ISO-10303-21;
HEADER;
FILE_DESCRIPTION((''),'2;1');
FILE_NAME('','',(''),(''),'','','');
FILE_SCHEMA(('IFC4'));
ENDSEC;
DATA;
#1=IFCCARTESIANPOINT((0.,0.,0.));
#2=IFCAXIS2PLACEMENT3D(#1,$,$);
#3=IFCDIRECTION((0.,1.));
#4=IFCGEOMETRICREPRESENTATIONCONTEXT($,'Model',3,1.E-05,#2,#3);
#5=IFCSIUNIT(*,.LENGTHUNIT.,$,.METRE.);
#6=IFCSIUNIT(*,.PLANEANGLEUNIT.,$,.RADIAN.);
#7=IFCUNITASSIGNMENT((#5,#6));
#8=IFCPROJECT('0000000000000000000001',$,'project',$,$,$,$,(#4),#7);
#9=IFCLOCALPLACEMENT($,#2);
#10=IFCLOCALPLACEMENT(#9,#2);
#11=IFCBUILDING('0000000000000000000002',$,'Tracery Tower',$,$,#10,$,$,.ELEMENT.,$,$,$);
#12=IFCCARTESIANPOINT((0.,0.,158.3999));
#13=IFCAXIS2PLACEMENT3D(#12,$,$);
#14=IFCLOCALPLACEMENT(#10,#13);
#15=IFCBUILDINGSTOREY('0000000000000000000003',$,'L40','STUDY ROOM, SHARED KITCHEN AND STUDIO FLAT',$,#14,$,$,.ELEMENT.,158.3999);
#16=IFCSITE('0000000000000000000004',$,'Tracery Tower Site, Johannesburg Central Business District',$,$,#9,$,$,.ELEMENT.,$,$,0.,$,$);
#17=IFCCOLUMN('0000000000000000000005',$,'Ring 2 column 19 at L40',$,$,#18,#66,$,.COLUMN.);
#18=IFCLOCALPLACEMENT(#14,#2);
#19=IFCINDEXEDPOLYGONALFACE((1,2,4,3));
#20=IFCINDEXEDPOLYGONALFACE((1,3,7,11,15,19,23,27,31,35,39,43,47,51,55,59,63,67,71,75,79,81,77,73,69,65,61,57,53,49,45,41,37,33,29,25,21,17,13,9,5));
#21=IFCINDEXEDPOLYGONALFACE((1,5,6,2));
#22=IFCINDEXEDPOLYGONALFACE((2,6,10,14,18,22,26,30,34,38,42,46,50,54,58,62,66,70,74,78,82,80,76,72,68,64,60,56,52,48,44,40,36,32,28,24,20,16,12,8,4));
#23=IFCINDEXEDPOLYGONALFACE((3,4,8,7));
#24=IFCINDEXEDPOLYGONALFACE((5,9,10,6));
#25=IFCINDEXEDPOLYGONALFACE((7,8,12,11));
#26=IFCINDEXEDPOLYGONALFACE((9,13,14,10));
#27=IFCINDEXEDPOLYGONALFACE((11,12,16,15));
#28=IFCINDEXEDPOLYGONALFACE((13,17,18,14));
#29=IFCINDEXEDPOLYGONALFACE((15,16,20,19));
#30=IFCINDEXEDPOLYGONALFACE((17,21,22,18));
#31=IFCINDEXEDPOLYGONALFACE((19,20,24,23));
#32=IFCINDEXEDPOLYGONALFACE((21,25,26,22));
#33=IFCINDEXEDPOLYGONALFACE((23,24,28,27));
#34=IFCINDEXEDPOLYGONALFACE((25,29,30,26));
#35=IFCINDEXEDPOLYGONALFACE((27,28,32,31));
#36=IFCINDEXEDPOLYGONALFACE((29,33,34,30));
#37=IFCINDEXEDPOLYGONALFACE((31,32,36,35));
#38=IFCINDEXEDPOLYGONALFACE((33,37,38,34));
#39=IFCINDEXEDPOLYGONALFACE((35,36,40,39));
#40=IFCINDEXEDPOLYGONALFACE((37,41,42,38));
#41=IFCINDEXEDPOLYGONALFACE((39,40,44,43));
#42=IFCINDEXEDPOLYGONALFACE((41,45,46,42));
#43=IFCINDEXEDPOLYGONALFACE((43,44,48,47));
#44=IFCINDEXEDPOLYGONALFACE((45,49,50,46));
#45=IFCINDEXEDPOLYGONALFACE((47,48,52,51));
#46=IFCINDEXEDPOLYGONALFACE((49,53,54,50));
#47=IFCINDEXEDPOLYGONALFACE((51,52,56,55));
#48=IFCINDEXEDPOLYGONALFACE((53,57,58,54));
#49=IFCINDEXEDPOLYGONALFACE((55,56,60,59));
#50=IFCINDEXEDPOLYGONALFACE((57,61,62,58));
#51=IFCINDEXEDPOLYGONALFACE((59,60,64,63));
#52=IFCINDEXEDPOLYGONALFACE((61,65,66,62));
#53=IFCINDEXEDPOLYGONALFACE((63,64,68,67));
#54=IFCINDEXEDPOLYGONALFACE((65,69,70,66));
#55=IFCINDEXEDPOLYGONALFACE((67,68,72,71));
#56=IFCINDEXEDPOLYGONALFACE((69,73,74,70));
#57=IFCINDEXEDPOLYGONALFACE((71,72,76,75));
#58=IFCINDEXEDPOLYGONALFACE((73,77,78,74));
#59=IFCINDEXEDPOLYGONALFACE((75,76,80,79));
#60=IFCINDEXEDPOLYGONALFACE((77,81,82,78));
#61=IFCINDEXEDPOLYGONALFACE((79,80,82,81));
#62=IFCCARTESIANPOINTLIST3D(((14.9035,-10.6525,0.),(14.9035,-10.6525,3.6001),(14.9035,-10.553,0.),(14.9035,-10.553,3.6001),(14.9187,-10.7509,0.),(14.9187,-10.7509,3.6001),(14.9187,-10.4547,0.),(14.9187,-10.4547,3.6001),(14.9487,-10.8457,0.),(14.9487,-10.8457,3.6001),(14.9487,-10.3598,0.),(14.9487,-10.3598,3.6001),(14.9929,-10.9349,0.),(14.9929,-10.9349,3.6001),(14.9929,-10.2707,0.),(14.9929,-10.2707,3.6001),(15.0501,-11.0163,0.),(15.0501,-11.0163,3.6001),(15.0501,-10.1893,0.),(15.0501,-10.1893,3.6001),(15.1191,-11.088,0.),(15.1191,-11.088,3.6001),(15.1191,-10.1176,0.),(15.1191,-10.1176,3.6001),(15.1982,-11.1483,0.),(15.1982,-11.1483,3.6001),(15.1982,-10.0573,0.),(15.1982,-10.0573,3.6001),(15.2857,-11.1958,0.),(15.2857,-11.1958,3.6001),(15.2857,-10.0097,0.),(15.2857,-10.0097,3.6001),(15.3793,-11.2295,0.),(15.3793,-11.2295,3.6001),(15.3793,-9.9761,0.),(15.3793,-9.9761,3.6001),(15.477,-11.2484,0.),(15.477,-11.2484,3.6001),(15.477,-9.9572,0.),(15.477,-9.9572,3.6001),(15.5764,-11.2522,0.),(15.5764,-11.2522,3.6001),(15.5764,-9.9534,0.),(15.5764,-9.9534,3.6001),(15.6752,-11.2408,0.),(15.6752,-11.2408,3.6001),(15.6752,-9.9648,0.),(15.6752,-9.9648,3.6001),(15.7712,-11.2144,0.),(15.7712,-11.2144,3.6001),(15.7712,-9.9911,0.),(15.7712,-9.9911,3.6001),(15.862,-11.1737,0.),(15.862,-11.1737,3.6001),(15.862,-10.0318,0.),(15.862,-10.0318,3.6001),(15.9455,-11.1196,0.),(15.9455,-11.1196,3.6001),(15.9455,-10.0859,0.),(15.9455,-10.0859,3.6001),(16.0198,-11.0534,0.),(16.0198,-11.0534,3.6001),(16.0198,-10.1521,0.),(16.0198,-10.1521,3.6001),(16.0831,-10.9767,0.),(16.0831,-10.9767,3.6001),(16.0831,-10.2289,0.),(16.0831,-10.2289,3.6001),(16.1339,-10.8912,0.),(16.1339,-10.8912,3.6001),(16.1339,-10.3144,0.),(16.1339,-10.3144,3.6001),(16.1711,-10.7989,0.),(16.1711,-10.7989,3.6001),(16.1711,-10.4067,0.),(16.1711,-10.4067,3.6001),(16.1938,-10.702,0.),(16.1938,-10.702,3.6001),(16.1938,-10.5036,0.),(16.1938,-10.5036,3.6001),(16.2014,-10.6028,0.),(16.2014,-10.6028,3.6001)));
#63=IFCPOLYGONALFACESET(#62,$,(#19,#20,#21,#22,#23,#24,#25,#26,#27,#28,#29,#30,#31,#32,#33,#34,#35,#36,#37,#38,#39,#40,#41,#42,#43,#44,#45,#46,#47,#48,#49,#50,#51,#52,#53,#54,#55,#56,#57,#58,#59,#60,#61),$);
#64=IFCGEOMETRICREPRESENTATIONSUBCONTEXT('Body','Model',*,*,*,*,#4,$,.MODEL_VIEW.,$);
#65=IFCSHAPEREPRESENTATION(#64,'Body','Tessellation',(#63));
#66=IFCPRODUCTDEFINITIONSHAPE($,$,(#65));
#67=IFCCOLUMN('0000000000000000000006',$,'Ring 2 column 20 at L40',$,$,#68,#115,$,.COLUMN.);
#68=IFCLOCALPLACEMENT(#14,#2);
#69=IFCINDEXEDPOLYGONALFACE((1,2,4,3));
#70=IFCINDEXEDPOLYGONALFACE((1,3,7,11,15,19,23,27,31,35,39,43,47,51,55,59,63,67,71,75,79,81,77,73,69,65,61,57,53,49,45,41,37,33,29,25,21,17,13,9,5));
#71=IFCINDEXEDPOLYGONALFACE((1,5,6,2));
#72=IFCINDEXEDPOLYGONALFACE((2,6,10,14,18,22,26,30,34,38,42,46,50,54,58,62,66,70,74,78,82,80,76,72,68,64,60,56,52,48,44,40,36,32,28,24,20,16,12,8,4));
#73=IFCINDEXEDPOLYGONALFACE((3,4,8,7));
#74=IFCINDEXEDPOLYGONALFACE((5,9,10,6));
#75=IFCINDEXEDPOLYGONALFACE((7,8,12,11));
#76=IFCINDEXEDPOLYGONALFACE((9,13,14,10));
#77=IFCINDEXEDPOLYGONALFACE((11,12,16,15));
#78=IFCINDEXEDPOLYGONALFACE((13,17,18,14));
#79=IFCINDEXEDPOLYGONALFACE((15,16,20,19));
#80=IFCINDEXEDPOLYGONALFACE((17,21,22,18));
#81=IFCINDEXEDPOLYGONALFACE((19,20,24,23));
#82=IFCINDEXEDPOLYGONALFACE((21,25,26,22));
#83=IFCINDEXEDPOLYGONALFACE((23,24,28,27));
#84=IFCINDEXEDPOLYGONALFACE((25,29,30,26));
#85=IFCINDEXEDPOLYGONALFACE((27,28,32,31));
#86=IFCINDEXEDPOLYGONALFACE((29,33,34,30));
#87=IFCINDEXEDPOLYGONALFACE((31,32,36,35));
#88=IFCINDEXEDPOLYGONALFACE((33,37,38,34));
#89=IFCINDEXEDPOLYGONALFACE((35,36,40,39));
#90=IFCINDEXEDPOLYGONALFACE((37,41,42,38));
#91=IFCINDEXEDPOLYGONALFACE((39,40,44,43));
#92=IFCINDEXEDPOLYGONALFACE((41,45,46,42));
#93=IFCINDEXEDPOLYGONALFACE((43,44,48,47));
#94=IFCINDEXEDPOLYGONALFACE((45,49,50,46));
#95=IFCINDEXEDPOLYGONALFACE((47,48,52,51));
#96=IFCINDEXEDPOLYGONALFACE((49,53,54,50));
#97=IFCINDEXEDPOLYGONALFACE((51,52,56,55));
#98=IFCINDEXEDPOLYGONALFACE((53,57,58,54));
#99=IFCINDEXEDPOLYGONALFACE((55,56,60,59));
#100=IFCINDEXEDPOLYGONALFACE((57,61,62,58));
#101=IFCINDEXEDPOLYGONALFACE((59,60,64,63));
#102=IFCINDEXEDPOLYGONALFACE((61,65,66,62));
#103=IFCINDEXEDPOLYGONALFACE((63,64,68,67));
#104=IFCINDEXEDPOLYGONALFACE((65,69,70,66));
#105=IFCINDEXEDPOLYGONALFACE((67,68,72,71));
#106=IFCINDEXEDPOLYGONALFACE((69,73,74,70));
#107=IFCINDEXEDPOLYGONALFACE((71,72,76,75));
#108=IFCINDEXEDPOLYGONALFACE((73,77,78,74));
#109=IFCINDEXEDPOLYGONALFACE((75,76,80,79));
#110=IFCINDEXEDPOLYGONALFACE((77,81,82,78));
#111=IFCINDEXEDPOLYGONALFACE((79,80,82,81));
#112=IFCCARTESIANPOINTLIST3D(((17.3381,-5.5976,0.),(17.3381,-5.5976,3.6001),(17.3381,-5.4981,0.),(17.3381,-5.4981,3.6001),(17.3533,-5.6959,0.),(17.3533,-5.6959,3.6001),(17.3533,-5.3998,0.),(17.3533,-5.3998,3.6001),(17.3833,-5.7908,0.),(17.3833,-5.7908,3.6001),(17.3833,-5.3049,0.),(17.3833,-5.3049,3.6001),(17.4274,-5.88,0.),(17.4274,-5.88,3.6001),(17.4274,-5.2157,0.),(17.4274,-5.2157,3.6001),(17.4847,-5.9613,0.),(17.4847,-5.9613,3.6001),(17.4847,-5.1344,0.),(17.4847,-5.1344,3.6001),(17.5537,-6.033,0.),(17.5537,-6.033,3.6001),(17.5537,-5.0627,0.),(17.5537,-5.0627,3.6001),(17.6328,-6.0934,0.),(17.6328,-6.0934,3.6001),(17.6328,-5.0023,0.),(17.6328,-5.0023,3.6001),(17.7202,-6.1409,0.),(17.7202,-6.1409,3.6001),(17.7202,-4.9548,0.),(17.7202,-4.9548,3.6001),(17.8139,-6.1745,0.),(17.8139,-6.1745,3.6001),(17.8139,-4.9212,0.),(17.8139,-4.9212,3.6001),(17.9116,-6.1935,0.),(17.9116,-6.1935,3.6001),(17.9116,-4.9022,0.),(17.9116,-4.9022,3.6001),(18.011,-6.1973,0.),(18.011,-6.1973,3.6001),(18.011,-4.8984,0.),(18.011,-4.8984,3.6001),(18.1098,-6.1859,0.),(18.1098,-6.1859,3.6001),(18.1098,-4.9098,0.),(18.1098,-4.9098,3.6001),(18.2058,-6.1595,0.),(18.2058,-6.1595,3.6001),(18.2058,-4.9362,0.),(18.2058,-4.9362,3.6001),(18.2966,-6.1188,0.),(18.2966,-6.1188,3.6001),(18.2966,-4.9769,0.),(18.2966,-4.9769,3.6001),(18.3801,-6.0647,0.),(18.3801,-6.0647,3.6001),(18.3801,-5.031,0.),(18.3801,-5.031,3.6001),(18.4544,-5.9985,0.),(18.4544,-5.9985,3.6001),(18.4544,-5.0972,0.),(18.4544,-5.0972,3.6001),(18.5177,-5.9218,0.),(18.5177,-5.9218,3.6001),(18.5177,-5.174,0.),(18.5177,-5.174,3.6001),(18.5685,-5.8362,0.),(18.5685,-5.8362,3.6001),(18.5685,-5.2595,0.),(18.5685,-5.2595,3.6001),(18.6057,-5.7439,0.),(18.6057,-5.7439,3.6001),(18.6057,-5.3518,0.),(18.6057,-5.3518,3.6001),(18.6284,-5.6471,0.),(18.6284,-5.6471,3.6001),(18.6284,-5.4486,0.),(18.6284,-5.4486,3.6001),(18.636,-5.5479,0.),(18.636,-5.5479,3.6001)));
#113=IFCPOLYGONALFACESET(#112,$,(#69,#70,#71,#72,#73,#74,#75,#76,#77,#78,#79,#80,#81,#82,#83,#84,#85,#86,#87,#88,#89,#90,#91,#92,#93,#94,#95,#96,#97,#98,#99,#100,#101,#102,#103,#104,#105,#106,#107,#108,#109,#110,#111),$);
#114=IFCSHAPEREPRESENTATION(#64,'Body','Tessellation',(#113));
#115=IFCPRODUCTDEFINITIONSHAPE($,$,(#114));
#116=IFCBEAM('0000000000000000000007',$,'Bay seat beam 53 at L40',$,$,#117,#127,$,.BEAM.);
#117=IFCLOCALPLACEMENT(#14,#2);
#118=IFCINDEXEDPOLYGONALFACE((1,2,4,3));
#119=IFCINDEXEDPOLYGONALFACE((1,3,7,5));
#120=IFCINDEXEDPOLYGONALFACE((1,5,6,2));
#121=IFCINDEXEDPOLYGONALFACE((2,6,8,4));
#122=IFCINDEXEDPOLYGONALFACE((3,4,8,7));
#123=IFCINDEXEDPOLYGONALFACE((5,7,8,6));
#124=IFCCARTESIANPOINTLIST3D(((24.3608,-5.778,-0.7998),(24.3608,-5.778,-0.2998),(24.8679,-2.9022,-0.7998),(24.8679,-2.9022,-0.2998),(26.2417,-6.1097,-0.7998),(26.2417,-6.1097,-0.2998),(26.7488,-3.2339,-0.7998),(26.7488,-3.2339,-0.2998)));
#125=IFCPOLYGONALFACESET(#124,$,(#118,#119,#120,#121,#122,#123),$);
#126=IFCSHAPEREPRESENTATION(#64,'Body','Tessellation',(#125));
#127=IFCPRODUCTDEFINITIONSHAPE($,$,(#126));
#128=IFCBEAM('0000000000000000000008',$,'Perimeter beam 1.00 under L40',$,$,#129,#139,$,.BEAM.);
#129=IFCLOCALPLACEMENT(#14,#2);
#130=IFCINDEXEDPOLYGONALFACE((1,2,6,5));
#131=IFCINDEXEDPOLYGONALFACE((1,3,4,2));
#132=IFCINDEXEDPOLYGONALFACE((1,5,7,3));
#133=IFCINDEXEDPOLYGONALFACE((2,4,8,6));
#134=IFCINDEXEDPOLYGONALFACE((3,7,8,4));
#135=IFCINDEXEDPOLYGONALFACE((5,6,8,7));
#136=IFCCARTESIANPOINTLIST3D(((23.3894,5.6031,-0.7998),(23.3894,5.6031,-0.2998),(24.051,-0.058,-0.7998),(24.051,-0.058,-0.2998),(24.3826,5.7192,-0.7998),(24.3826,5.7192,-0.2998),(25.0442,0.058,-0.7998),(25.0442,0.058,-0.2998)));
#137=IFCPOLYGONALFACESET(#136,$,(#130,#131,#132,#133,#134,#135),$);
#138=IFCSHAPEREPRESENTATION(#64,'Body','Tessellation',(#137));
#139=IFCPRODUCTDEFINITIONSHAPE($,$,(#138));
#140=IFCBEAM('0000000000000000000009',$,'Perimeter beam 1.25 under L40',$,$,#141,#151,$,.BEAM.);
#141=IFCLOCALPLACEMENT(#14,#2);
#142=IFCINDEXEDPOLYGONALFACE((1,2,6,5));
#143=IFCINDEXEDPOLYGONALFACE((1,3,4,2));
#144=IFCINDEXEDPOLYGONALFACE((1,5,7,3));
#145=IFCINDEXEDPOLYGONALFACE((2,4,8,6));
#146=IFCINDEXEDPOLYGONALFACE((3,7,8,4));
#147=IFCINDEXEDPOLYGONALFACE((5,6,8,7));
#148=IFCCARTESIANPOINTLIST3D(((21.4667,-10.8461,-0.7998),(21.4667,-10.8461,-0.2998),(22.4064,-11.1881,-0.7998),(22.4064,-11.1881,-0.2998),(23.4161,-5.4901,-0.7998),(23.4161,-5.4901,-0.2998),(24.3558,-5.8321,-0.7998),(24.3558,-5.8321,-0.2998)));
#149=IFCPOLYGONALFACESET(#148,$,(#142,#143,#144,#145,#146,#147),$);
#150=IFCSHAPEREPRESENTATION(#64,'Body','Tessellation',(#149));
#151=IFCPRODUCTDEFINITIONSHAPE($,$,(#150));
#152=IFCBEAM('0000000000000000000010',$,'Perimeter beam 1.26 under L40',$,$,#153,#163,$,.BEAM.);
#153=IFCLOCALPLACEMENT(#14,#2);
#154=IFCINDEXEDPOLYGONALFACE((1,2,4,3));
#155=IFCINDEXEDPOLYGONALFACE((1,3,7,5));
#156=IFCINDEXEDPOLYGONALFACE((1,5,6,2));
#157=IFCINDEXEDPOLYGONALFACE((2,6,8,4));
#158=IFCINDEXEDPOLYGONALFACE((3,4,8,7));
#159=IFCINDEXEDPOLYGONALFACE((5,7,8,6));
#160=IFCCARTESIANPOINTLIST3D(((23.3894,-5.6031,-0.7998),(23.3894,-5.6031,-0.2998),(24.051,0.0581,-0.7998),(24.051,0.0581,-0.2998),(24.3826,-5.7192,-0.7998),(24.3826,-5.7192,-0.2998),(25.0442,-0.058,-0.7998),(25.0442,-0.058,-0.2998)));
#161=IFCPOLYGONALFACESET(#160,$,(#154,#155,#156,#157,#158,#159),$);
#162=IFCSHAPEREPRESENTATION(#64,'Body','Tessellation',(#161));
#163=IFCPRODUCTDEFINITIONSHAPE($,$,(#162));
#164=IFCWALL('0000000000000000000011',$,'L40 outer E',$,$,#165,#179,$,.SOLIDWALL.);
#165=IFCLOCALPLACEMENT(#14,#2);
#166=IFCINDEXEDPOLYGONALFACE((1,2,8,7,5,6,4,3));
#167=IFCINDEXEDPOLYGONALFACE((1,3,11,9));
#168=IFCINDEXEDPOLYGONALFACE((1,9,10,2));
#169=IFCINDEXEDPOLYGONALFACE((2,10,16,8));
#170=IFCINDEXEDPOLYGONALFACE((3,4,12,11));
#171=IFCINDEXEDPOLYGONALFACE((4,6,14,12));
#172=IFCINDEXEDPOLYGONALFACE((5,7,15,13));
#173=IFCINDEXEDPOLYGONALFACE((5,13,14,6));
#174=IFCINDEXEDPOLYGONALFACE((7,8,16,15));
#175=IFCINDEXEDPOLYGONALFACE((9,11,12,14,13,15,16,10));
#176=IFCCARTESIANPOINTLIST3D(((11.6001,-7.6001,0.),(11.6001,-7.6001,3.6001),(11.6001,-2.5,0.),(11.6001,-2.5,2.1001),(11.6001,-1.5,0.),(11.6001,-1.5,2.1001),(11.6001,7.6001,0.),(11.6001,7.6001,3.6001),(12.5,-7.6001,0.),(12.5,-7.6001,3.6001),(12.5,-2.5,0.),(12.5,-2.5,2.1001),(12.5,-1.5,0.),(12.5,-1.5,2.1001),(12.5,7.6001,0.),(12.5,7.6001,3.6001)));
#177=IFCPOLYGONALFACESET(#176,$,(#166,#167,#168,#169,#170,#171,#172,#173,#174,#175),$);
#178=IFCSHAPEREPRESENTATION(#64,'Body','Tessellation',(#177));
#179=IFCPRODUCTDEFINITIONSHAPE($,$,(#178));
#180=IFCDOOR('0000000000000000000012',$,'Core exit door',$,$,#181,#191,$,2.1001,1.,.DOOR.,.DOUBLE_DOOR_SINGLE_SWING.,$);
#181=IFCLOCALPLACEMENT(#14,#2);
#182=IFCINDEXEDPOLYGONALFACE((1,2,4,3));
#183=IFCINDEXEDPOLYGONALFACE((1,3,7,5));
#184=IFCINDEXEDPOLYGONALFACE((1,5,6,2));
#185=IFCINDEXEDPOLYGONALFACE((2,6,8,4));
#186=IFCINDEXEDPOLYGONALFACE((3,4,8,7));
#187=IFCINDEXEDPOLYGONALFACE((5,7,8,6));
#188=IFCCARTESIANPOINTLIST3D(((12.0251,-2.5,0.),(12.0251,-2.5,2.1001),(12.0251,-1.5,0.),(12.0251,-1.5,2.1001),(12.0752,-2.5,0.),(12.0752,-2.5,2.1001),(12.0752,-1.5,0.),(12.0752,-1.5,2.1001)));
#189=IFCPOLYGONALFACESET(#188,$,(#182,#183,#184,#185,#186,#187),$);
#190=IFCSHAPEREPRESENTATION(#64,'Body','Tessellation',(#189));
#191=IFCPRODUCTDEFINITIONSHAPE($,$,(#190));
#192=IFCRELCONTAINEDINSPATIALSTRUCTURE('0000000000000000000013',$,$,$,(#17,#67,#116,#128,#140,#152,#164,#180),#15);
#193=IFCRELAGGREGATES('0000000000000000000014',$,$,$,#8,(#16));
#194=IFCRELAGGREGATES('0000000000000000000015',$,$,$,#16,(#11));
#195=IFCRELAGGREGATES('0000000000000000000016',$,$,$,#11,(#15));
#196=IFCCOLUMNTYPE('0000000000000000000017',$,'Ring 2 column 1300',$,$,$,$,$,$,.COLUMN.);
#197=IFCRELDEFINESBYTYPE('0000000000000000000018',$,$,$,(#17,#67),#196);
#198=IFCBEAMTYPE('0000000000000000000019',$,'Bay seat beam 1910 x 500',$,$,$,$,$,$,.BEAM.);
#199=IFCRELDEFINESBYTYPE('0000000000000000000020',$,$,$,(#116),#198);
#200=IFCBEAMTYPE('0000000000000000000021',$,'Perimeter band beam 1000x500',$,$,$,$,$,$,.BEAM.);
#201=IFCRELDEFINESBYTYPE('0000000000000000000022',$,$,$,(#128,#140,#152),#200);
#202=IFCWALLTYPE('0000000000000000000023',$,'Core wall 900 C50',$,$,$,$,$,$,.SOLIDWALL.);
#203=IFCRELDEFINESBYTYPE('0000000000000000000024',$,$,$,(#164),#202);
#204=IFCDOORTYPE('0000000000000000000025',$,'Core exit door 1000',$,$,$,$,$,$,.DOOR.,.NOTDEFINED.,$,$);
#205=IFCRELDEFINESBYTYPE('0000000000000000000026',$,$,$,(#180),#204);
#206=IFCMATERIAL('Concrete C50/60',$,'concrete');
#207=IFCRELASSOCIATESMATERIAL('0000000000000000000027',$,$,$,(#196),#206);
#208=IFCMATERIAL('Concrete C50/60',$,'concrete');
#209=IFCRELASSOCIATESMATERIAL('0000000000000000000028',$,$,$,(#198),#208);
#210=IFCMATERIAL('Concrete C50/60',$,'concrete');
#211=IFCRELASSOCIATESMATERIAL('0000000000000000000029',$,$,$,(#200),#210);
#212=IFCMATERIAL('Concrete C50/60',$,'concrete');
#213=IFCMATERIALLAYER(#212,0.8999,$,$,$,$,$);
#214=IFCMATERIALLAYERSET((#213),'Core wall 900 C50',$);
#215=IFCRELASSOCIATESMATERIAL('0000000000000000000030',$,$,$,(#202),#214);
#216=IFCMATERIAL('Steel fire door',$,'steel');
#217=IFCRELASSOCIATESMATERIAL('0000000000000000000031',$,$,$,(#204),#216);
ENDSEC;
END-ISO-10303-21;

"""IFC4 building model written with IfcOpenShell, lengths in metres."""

from ifc_helpers import new_model, si_unit, direction, frame, frame_2d, origin, origin_2d, place, context, subcontext, project, spatial, rectangle, circle, extrude, material, layer, layer_set, material_profile, profile_set, type_object, element, fill, save


model = new_model("IFC4")

# Units and contexts
model_context = context("Model", 3, precision=1e-05, world=origin(), true_north=direction((0.0, 1.0)))
body_context = subcontext(model_context, "Body", "Model", "MODEL_VIEW")
ifc_project = project(units=[si_unit("LENGTHUNIT", "METRE"), si_unit("PLANEANGLEUNIT", "RADIAN")], contexts=[model_context])

# Site, building, storey
site_placement = place(None, origin())
site = spatial("IfcSite", under=ifc_project, at=site_placement, Name="Tracery Tower Site, Johannesburg Central Business District", CompositionType="ELEMENT", RefElevation=0.0)
building_placement = place(site_placement, origin())
building = spatial("IfcBuilding", under=site, at=building_placement, Name="Tracery Tower", CompositionType="ELEMENT")
storey_placement = place(building_placement, frame((0.0, 0.0, 158.3999)))
storey = spatial("IfcBuildingStorey", under=building, at=storey_placement, Name="L40", Description="STUDY ROOM, SHARED KITCHEN AND STUDIO FLAT", CompositionType="ELEMENT", Elevation=158.3999)

# Columns
ifc_material_1 = material(Name="Concrete C50/60", Category="concrete")
ifc_material_profile_1 = material_profile(ifc_material_1, circle(Radius=0.6499, at=origin_2d()), Name="RC D1300")
ifc_profile_set_1 = profile_set([ifc_material_profile_1], Name="Concrete C50/60")
column_type_1 = type_object("IfcColumnType", Name="Ring 2 column 1300", PredefinedType="COLUMN", material=ifc_profile_set_1)
for number, where, z_axis, x_axis, name in (
    (1, (15.5515, -10.6028, 0.0), (0.0, 0.0, 1.0), (1.0, 0.0, 0.0), "Ring 2 column 19 at L40"),
    (2, (17.9861, -5.5479, 0.0), (0.0, 0.0, 1.0), (1.0, 0.0, 0.0), "Ring 2 column 20 at L40"),
):
    element("IfcColumn", number, at=place(storey_placement, frame(where, z_axis=z_axis, x_axis=x_axis)), inside=storey, type_object=column_type_1, Name=name, PredefinedType="COLUMN", context=body_context, shape_type="SweptSolid", body=[
        extrude(circle(Radius=0.6499, at=origin_2d()), origin(), (0.0, 0.0, 1.0), 3.6001),
    ])

# Beams
ifc_material_2 = material(Name="Concrete C50/60", Category="concrete")
ifc_material_profile_2 = material_profile(ifc_material_2, rectangle(XDim=1.9099, YDim=0.5, at=origin_2d()), Name="RC 1910x500")
ifc_profile_set_2 = profile_set([ifc_material_profile_2], Name="Concrete C50/60")
beam_type_1 = type_object("IfcBeamType", Name="Bay seat beam 1910 x 500", PredefinedType="BEAM", material=ifc_profile_set_2)
beam_placement = place(storey_placement, frame((25.3013, -5.9438, -0.5498), z_axis=(0.173652, 0.984807, 0.0), x_axis=(-0.984807, 0.173652, 0.0)))
element("IfcBeam", 3, at=beam_placement, inside=storey, type_object=beam_type_1, Name="Bay seat beam 53 at L40", PredefinedType="BEAM", context=body_context, shape_type="SweptSolid", body=[
    extrude(rectangle(XDim=1.9099, YDim=0.5, at=origin_2d()), origin(), (0.0, 0.0, 1.0), 2.9202),
])
ifc_material_3 = material(Name="Concrete C50/60", Category="concrete")
ifc_material_profile_3 = material_profile(ifc_material_3, rectangle(XDim=1.0, YDim=0.5, at=origin_2d()), Name="RC 1000x500")
ifc_profile_set_3 = profile_set([ifc_material_profile_3], Name="Concrete C50/60")
beam_type_2 = type_object("IfcBeamType", Name="Perimeter band beam 1000x500", PredefinedType="BEAM", material=ifc_profile_set_3)
for number, where, z_axis, x_axis, name in (
    (4, (24.5476, 0.0, -0.5498), (-0.116081, 0.99324, 0.0), (-0.99324, -0.116081, 0.0), "Perimeter beam 1.00 under L40"),
    (5, (21.9365, -11.0171, -0.5498), (0.342029, 0.93969, 0.0), (-0.93969, 0.342029, 0.0), "Perimeter beam 1.25 under L40"),
    (6, (23.886, -5.6611, -0.5498), (0.116081, 0.99324, 0.0), (-0.99324, 0.116081, 0.0), "Perimeter beam 1.26 under L40"),
):
    element("IfcBeam", number, at=place(storey_placement, frame(where, z_axis=z_axis, x_axis=x_axis)), inside=storey, type_object=beam_type_2, Name=name, PredefinedType="BEAM", context=body_context, shape_type="SweptSolid", body=[
        extrude(rectangle(XDim=1.0, YDim=0.5, at=origin_2d()), origin(), (0.0, 0.0, 1.0), 5.6997),
    ])

# Wall, opening, door
ifc_material_4 = material(Name="Concrete C50/60", Category="concrete")
ifc_layer_1 = layer(ifc_material_4, 0.8999)
ifc_layer_set_1 = layer_set([ifc_layer_1], Name="Core wall 900 C50")
wall_type_1 = type_object("IfcWallType", Name="Core wall 900 C50", PredefinedType="SOLIDWALL", material=ifc_layer_set_1)
wall_1_placement = place(storey_placement, frame((12.05, -7.6001, 0.0), z_axis=(0.0, 0.0, 1.0), x_axis=(0.0, 1.0, 0.0)))
wall_1 = element("IfcWall", 7, at=wall_1_placement, inside=storey, type_object=wall_type_1, Name="L40 outer E", PredefinedType="SOLIDWALL", context=body_context, shape_type="SweptSolid", body=[
    extrude(rectangle(XDim=15.2002, YDim=0.8999, at=frame_2d((7.6001, 0.0))), origin(), (0.0, 0.0, 1.0), 3.6001),
])
opening_1_placement = place(wall_1_placement, frame((5.1001, 0.0, 0.0)))
opening_1 = element("IfcOpeningElement", 8, at=opening_1_placement, cuts=wall_1, PredefinedType="OPENING", context=body_context, shape_type="SweptSolid", body=[
    extrude(rectangle(XDim=1.0, YDim=2.1001, at=frame_2d((0.5, 1.05))), frame((0.0, 0.45, 0.0), z_axis=(0.0, -1.0, 0.0), x_axis=(1.0, 0.0, 0.0)), (0.0, 0.0, 1.0), 0.8999),
])
ifc_material_5 = material(Name="Steel fire door", Category="steel")
door_type_1 = type_object("IfcDoorType", Name="Core exit door 1000", OperationType="NOTDEFINED", PredefinedType="DOOR", material=ifc_material_5)
door_1_placement = place(opening_1_placement, origin())
door_1 = element("IfcDoor", 9, at=door_1_placement, inside=storey, type_object=door_type_1, Name="Core exit door", OperationType="DOUBLE_DOOR_SINGLE_SWING", OverallHeight=2.1001, OverallWidth=1.0, PredefinedType="DOOR", context=body_context, shape_type="SweptSolid", body=[
    extrude(rectangle(XDim=1.0, YDim=2.1001, at=frame_2d((0.5, 1.05))), frame((0.0, 0.0249, 0.0), z_axis=(0.0, -1.0, 0.0), x_axis=(1.0, 0.0, 0.0)), (0.0, 0.0, 1.0), 0.05),
])
fill(opening_1, door_1)

save(model, "model.ifc")
